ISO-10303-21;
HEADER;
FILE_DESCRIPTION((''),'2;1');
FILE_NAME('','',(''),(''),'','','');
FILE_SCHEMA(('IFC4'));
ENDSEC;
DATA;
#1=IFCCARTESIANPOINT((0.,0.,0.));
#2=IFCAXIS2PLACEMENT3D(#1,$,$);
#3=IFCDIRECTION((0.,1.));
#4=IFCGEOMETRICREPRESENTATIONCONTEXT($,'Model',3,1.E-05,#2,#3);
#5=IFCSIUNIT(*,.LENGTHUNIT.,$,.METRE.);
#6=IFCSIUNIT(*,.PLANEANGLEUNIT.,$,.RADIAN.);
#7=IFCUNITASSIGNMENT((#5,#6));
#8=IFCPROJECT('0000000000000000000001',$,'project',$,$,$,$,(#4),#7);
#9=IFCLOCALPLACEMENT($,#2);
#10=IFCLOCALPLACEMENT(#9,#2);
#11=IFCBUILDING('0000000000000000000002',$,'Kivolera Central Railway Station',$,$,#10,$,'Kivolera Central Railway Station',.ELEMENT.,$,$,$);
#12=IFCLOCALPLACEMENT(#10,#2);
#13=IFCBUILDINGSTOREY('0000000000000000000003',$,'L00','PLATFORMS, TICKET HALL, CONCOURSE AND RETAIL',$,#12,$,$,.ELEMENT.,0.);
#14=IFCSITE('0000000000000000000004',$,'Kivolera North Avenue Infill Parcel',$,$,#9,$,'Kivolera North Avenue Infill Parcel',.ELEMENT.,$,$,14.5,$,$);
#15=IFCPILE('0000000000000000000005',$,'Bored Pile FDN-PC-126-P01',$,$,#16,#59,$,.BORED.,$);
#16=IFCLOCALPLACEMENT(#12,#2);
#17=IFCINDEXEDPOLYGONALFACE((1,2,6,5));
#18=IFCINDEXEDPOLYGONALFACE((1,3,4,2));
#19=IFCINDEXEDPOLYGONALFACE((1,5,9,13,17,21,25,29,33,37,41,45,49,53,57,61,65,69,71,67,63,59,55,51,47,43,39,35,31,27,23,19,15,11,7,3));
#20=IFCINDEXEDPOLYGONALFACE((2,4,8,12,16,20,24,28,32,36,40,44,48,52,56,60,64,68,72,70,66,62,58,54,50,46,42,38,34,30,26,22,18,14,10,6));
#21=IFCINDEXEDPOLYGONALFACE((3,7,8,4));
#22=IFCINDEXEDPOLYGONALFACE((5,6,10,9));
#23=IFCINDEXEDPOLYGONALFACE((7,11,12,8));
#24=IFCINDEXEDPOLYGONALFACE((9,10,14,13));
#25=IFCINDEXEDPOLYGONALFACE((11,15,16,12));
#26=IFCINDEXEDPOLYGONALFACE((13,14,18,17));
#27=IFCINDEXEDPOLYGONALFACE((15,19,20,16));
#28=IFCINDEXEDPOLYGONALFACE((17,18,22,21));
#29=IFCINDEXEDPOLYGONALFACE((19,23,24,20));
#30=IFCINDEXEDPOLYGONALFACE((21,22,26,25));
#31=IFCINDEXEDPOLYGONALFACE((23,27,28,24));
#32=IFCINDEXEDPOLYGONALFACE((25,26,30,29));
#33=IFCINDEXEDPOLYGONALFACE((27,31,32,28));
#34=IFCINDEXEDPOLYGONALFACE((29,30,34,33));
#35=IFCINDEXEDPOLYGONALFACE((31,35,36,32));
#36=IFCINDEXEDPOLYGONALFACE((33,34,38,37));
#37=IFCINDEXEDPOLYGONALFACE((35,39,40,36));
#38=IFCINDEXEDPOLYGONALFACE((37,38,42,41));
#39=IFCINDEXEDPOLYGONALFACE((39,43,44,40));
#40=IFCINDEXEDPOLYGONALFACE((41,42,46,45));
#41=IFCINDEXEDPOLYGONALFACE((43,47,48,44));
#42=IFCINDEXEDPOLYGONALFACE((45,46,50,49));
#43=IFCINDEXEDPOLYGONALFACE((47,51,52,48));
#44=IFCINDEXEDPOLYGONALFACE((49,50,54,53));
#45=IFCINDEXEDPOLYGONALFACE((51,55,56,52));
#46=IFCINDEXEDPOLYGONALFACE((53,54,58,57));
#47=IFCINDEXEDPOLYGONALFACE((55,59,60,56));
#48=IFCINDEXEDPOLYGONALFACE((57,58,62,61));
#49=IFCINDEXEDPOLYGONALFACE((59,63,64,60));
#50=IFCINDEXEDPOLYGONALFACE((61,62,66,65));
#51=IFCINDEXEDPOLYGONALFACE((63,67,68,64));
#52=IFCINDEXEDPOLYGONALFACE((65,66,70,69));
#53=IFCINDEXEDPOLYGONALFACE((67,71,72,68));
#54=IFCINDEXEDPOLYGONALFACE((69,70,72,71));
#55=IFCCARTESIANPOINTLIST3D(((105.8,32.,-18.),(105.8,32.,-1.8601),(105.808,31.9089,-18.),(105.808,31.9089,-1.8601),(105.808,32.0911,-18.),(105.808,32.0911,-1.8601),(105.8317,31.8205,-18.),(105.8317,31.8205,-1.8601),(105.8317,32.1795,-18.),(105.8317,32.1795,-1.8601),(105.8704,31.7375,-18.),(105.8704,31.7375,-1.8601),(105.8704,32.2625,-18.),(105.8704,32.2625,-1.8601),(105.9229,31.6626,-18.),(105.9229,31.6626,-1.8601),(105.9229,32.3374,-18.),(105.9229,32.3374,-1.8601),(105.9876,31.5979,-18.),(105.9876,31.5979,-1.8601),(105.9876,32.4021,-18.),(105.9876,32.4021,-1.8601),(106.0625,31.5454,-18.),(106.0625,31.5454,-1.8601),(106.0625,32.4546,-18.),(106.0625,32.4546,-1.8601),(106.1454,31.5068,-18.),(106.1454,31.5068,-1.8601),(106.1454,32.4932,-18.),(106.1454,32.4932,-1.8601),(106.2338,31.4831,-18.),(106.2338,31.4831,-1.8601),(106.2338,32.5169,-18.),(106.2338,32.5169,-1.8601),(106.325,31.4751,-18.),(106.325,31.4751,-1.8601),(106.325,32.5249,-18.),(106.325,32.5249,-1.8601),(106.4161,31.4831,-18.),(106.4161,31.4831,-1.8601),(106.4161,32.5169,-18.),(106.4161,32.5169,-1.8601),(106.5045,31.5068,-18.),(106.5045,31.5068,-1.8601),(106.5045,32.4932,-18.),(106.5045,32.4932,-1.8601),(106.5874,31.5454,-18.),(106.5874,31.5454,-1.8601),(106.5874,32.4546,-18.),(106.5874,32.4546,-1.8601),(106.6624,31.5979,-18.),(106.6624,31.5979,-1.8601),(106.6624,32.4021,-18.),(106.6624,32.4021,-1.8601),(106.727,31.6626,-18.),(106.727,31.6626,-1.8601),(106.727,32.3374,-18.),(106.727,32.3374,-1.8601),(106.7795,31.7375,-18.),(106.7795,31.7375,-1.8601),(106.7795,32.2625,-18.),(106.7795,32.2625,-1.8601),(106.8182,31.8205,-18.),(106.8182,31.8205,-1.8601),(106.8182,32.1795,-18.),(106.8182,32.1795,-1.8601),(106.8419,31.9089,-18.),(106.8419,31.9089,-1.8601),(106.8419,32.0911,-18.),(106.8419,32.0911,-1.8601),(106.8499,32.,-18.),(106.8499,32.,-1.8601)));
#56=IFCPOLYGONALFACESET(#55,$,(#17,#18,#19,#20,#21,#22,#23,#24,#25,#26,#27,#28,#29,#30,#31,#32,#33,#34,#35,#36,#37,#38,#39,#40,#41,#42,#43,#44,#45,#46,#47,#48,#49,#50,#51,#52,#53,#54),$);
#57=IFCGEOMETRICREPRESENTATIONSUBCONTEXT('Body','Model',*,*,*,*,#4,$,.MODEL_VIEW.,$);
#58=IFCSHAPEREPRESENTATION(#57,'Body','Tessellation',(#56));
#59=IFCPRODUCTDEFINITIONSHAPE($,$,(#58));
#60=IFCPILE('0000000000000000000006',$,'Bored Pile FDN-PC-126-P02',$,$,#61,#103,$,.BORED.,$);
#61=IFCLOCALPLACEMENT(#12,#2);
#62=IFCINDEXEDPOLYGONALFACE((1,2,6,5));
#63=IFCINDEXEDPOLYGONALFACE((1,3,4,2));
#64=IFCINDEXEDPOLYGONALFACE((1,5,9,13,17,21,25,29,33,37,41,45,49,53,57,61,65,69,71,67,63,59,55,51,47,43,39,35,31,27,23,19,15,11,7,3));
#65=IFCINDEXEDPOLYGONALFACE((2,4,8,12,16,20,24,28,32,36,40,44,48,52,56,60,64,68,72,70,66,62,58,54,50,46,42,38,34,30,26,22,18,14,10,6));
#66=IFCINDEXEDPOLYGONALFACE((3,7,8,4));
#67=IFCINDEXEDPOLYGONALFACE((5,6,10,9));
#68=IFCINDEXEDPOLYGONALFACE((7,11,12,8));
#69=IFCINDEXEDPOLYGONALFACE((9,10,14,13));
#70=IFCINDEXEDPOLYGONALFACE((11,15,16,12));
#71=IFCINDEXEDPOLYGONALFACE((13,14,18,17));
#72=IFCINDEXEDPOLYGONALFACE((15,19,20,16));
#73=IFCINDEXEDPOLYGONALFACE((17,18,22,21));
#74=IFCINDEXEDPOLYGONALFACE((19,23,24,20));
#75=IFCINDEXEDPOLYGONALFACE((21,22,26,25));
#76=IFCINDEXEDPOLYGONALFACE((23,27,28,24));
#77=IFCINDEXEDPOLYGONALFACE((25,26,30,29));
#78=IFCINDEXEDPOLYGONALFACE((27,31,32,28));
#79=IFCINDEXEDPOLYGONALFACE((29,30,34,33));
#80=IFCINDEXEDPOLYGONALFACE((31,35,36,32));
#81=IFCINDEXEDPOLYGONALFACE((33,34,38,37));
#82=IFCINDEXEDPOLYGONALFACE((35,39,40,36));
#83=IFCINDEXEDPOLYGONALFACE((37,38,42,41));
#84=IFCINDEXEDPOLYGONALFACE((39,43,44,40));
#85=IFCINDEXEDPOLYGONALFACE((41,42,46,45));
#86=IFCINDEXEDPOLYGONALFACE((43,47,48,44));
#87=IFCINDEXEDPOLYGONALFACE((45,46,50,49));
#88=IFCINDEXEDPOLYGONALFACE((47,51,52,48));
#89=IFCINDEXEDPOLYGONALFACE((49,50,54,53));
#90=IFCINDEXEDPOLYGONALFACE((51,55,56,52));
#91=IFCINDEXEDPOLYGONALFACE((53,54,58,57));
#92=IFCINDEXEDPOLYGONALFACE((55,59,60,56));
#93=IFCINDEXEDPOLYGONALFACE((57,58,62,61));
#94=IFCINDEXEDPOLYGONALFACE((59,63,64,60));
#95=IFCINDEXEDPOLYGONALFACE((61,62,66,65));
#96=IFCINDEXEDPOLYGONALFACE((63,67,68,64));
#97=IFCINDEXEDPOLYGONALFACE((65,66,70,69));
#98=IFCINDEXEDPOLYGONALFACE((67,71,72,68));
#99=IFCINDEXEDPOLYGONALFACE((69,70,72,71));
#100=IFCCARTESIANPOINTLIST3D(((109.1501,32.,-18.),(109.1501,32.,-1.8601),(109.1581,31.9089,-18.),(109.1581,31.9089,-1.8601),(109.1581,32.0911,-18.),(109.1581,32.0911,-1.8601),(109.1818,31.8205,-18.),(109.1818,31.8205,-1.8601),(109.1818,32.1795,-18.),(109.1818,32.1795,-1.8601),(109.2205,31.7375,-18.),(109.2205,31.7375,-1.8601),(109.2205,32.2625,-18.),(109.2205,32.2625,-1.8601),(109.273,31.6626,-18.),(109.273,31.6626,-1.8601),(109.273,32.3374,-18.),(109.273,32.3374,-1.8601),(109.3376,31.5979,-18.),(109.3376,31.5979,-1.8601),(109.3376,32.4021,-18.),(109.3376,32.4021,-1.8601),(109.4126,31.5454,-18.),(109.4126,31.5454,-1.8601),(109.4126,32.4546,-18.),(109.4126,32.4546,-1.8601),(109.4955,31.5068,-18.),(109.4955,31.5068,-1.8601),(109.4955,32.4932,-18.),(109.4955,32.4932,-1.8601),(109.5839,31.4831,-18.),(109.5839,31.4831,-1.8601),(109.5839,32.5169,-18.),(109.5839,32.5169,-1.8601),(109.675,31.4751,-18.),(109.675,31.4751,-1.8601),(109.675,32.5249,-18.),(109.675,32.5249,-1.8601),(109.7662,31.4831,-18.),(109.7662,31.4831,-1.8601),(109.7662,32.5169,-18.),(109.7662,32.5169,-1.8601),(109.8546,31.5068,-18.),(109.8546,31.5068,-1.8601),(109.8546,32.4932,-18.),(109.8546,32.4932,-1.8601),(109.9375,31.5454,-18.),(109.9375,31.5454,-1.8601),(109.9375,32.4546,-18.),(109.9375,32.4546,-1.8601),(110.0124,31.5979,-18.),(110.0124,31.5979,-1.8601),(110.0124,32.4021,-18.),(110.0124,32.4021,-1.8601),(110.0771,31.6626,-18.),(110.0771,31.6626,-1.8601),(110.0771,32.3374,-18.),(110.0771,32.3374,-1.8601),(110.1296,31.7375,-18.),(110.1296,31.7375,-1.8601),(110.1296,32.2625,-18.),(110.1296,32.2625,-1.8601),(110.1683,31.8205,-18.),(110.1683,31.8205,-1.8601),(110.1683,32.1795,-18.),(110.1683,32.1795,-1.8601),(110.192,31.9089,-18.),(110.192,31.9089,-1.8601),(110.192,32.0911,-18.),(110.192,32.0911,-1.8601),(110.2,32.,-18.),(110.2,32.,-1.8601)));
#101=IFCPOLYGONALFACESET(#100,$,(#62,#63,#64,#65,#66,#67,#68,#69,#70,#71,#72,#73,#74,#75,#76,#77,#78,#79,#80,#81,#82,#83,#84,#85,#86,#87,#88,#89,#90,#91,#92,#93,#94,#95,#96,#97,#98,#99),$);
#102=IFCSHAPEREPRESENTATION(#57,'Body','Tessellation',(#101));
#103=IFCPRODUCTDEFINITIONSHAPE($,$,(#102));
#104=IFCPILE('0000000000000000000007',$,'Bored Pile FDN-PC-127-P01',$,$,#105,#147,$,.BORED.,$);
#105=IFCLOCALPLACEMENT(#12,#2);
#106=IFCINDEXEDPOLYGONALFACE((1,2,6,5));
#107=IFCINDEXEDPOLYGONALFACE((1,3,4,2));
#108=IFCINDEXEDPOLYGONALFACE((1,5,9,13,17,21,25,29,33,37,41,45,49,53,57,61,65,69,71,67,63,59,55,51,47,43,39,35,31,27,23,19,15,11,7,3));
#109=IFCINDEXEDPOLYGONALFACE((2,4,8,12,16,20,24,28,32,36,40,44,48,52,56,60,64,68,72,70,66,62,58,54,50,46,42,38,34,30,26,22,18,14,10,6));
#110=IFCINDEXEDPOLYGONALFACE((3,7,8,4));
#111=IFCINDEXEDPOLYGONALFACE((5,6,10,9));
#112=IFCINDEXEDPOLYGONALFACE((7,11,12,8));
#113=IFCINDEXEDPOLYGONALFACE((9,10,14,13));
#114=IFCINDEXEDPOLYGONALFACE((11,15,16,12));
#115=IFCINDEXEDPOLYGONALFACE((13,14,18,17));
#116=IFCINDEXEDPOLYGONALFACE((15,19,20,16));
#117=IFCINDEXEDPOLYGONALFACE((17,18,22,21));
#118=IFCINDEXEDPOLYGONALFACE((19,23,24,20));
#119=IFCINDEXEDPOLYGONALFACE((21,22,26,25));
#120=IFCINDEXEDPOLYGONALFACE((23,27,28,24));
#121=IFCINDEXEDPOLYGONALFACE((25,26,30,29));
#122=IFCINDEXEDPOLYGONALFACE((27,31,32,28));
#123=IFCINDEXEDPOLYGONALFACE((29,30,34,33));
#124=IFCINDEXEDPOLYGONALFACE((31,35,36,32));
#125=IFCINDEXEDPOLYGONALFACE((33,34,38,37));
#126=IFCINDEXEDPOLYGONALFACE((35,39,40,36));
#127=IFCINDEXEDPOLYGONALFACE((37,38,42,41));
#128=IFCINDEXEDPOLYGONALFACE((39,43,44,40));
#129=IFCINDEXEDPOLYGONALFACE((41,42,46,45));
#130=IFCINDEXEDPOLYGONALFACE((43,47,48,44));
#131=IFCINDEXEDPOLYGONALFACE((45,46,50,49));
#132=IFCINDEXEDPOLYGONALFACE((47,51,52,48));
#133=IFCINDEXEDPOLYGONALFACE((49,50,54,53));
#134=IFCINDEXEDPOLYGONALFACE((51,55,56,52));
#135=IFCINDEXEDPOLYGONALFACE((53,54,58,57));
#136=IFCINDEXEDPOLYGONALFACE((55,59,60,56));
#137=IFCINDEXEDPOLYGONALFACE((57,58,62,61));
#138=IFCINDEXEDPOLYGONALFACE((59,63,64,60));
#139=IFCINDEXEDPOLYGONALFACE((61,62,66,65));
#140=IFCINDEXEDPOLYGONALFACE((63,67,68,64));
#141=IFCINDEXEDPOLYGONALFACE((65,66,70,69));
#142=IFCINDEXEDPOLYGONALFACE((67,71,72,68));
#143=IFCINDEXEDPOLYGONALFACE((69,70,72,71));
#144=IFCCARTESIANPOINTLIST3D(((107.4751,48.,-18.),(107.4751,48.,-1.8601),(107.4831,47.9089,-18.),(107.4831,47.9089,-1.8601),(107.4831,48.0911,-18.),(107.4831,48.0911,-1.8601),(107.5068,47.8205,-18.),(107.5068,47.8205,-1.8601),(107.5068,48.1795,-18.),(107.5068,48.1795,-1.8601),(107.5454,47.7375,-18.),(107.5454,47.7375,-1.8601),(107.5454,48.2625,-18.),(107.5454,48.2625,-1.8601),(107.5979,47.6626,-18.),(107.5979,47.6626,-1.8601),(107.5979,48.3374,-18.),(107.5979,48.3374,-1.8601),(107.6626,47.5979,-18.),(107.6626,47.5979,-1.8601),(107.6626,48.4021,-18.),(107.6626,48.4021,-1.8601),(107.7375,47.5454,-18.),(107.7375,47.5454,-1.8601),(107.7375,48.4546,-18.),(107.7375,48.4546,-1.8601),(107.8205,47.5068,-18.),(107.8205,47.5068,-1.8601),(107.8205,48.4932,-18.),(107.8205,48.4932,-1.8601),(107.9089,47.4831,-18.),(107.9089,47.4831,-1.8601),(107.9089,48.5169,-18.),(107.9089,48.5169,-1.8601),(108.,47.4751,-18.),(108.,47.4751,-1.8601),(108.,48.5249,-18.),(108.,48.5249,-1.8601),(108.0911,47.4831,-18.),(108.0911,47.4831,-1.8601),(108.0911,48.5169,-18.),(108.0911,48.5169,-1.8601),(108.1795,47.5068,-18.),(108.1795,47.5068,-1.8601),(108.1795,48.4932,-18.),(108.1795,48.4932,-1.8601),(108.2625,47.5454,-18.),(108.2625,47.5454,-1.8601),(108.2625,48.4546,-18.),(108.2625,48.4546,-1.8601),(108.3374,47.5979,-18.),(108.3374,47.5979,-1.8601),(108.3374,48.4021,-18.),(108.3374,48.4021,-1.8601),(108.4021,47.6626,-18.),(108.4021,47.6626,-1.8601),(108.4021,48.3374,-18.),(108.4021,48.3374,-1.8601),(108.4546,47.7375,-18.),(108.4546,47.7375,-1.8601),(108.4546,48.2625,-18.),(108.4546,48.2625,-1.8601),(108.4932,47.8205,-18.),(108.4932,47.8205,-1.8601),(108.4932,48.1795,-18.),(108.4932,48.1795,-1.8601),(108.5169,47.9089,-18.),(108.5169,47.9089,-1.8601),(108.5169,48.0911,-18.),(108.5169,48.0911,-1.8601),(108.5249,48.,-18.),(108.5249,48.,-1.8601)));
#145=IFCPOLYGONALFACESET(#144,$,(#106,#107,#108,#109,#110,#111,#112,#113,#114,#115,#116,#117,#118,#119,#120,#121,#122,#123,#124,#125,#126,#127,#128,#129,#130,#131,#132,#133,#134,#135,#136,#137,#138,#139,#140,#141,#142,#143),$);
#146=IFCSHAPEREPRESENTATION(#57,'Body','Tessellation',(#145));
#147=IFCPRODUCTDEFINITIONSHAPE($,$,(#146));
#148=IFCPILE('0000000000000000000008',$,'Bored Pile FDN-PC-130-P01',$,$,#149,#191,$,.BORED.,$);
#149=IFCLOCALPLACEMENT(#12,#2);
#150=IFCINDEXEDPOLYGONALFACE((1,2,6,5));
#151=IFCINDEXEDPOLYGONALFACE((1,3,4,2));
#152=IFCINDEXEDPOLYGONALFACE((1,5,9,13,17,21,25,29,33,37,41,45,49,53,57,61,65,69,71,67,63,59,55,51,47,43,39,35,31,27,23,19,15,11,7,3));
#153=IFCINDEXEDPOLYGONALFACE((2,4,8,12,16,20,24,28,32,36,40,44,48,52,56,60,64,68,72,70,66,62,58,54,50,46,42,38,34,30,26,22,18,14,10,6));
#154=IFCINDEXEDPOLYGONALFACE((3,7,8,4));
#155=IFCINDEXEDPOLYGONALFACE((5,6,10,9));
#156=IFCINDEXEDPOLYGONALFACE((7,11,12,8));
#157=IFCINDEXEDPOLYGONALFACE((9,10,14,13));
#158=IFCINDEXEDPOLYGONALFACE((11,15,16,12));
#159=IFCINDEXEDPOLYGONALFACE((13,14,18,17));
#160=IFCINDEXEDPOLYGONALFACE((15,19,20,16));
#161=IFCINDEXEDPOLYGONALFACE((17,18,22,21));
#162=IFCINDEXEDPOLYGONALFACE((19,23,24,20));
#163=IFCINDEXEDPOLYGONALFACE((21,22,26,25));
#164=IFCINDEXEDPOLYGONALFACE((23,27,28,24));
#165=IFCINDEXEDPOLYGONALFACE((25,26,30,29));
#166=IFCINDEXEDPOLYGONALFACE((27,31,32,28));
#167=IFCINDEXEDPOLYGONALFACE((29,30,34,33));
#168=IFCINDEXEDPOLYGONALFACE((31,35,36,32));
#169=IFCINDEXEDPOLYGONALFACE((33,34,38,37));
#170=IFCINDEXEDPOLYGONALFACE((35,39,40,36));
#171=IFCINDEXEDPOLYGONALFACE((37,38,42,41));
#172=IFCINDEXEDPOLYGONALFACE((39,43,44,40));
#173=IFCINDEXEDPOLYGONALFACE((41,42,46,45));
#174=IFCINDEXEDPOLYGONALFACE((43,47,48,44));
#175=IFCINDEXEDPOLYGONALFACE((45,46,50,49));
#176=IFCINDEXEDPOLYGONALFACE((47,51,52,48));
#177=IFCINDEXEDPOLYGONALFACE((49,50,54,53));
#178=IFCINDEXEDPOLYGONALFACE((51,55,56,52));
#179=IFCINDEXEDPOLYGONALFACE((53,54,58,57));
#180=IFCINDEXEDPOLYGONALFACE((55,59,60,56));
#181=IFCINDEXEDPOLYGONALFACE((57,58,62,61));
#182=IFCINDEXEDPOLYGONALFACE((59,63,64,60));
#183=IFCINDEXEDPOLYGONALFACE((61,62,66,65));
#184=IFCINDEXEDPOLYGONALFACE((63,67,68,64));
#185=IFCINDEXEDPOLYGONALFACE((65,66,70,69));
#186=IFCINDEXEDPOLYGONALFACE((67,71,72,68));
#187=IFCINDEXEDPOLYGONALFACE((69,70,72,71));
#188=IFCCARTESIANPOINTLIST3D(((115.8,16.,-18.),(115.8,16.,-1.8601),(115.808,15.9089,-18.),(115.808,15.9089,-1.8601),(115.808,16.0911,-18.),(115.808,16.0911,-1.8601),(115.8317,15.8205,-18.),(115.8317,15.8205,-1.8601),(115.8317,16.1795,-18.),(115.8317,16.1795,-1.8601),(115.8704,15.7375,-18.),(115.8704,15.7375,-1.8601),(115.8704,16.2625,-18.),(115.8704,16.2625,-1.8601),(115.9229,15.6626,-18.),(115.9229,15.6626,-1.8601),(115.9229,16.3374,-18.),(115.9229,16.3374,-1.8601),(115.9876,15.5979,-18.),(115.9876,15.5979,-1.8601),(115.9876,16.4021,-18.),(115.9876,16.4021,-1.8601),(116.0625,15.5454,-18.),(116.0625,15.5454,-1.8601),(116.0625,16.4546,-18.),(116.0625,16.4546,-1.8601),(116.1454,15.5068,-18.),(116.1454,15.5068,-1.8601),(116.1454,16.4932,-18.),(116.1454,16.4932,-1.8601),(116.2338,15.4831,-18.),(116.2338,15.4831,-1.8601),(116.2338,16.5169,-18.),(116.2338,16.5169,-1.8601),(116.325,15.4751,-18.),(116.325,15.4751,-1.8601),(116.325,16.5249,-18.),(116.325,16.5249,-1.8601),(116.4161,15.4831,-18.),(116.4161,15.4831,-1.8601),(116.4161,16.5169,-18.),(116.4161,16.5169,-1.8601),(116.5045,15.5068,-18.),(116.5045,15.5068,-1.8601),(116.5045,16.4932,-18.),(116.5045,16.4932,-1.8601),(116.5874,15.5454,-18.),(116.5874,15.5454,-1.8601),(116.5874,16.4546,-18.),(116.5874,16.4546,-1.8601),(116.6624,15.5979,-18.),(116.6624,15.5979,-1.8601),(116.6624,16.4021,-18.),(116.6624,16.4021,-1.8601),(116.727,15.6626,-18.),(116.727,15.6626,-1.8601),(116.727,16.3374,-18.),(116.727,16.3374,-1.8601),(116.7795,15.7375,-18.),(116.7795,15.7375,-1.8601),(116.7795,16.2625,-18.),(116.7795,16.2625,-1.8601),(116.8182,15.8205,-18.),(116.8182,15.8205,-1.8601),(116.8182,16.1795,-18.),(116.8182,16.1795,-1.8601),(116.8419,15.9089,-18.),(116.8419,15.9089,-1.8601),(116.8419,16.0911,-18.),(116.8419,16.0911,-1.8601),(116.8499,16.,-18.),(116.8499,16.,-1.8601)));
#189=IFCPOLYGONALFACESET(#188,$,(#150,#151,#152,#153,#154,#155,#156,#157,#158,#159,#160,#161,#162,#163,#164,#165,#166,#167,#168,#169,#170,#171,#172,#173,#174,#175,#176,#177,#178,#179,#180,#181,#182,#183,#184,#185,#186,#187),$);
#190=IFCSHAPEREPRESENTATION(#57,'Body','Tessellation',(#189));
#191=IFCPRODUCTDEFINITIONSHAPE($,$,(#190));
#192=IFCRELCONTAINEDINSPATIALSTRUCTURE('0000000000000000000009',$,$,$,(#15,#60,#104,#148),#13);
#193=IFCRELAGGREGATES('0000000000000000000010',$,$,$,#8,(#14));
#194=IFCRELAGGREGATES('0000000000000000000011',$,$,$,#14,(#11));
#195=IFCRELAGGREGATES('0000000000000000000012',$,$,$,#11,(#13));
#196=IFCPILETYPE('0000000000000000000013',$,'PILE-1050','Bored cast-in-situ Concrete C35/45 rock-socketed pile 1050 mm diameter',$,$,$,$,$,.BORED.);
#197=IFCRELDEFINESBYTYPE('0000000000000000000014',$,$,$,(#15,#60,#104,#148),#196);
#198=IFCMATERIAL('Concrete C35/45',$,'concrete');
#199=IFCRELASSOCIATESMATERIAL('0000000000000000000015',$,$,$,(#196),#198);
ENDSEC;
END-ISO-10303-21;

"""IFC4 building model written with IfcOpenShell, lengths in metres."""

from ifc_helpers import new_model, si_unit, direction, frame, origin, origin_2d, place, context, subcontext, project, spatial, circle, extrude, material, material_profile, profile_set, type_object, element, save


model = new_model("IFC4")

# Units and contexts
model_context = context("Model", 3, precision=1e-05, world=origin(), true_north=direction((0.0, 1.0)))
body_context = subcontext(model_context, "Body", "Model", "MODEL_VIEW")
ifc_project = project(units=[si_unit("LENGTHUNIT", "METRE"), si_unit("PLANEANGLEUNIT", "RADIAN")], contexts=[model_context])

# Site, building, storey
site_placement = place(None, origin())
site = spatial("IfcSite", under=ifc_project, at=site_placement, Name="Kivolera North Avenue Infill Parcel", LongName="Kivolera North Avenue Infill Parcel", CompositionType="ELEMENT", RefElevation=14.5)
building_placement = place(site_placement, origin())
building = spatial("IfcBuilding", under=site, at=building_placement, Name="Kivolera Central Railway Station", LongName="Kivolera Central Railway Station", CompositionType="ELEMENT")
storey_placement = place(building_placement, origin())
storey = spatial("IfcBuildingStorey", under=building, at=storey_placement, Name="L00", Description="PLATFORMS, TICKET HALL, CONCOURSE AND RETAIL", CompositionType="ELEMENT", Elevation=0.0)

# Shared definitions
ifc_material_1 = material(Name="Concrete C35/45", Category="concrete")

# Piles
ifc_material_profile_1 = material_profile(ifc_material_1, circle(Radius=0.5249, at=origin_2d()), Name="PILE D1050")
ifc_profile_set_1 = profile_set([ifc_material_profile_1], Name="Concrete C35/45")
pile_type = type_object("IfcPileType", Name="PILE-1050", Description="Bored cast-in-situ Concrete C35/45 rock-socketed pile 1050 mm diameter", PredefinedType="BORED", material=ifc_profile_set_1)
for number, where, z_axis, x_axis, name in (
    (1, (106.325, 32.0, -1.8601), (0.0, 0.0, -1.0), (1.0, 0.0, 0.0), "Bored Pile FDN-PC-126-P01"),
    (2, (109.675, 32.0, -1.8601), (0.0, 0.0, -1.0), (1.0, 0.0, 0.0), "Bored Pile FDN-PC-126-P02"),
    (3, (108.0, 48.0, -1.8601), (0.0, 0.0, -1.0), (1.0, 0.0, 0.0), "Bored Pile FDN-PC-127-P01"),
    (4, (116.325, 16.0, -1.8601), (0.0, 0.0, -1.0), (1.0, 0.0, 0.0), "Bored Pile FDN-PC-130-P01"),
):
    element("IfcPile", number, at=place(storey_placement, frame(where, z_axis=z_axis, x_axis=x_axis)), inside=storey, type_object=pile_type, Name=name, PredefinedType="BORED", context=body_context, shape_type="SweptSolid", body=[
        extrude(circle(Radius=0.5249, at=origin_2d()), origin(), (0.0, 0.0, 1.0), 16.1399),
    ])

save(model, "model.ifc")
